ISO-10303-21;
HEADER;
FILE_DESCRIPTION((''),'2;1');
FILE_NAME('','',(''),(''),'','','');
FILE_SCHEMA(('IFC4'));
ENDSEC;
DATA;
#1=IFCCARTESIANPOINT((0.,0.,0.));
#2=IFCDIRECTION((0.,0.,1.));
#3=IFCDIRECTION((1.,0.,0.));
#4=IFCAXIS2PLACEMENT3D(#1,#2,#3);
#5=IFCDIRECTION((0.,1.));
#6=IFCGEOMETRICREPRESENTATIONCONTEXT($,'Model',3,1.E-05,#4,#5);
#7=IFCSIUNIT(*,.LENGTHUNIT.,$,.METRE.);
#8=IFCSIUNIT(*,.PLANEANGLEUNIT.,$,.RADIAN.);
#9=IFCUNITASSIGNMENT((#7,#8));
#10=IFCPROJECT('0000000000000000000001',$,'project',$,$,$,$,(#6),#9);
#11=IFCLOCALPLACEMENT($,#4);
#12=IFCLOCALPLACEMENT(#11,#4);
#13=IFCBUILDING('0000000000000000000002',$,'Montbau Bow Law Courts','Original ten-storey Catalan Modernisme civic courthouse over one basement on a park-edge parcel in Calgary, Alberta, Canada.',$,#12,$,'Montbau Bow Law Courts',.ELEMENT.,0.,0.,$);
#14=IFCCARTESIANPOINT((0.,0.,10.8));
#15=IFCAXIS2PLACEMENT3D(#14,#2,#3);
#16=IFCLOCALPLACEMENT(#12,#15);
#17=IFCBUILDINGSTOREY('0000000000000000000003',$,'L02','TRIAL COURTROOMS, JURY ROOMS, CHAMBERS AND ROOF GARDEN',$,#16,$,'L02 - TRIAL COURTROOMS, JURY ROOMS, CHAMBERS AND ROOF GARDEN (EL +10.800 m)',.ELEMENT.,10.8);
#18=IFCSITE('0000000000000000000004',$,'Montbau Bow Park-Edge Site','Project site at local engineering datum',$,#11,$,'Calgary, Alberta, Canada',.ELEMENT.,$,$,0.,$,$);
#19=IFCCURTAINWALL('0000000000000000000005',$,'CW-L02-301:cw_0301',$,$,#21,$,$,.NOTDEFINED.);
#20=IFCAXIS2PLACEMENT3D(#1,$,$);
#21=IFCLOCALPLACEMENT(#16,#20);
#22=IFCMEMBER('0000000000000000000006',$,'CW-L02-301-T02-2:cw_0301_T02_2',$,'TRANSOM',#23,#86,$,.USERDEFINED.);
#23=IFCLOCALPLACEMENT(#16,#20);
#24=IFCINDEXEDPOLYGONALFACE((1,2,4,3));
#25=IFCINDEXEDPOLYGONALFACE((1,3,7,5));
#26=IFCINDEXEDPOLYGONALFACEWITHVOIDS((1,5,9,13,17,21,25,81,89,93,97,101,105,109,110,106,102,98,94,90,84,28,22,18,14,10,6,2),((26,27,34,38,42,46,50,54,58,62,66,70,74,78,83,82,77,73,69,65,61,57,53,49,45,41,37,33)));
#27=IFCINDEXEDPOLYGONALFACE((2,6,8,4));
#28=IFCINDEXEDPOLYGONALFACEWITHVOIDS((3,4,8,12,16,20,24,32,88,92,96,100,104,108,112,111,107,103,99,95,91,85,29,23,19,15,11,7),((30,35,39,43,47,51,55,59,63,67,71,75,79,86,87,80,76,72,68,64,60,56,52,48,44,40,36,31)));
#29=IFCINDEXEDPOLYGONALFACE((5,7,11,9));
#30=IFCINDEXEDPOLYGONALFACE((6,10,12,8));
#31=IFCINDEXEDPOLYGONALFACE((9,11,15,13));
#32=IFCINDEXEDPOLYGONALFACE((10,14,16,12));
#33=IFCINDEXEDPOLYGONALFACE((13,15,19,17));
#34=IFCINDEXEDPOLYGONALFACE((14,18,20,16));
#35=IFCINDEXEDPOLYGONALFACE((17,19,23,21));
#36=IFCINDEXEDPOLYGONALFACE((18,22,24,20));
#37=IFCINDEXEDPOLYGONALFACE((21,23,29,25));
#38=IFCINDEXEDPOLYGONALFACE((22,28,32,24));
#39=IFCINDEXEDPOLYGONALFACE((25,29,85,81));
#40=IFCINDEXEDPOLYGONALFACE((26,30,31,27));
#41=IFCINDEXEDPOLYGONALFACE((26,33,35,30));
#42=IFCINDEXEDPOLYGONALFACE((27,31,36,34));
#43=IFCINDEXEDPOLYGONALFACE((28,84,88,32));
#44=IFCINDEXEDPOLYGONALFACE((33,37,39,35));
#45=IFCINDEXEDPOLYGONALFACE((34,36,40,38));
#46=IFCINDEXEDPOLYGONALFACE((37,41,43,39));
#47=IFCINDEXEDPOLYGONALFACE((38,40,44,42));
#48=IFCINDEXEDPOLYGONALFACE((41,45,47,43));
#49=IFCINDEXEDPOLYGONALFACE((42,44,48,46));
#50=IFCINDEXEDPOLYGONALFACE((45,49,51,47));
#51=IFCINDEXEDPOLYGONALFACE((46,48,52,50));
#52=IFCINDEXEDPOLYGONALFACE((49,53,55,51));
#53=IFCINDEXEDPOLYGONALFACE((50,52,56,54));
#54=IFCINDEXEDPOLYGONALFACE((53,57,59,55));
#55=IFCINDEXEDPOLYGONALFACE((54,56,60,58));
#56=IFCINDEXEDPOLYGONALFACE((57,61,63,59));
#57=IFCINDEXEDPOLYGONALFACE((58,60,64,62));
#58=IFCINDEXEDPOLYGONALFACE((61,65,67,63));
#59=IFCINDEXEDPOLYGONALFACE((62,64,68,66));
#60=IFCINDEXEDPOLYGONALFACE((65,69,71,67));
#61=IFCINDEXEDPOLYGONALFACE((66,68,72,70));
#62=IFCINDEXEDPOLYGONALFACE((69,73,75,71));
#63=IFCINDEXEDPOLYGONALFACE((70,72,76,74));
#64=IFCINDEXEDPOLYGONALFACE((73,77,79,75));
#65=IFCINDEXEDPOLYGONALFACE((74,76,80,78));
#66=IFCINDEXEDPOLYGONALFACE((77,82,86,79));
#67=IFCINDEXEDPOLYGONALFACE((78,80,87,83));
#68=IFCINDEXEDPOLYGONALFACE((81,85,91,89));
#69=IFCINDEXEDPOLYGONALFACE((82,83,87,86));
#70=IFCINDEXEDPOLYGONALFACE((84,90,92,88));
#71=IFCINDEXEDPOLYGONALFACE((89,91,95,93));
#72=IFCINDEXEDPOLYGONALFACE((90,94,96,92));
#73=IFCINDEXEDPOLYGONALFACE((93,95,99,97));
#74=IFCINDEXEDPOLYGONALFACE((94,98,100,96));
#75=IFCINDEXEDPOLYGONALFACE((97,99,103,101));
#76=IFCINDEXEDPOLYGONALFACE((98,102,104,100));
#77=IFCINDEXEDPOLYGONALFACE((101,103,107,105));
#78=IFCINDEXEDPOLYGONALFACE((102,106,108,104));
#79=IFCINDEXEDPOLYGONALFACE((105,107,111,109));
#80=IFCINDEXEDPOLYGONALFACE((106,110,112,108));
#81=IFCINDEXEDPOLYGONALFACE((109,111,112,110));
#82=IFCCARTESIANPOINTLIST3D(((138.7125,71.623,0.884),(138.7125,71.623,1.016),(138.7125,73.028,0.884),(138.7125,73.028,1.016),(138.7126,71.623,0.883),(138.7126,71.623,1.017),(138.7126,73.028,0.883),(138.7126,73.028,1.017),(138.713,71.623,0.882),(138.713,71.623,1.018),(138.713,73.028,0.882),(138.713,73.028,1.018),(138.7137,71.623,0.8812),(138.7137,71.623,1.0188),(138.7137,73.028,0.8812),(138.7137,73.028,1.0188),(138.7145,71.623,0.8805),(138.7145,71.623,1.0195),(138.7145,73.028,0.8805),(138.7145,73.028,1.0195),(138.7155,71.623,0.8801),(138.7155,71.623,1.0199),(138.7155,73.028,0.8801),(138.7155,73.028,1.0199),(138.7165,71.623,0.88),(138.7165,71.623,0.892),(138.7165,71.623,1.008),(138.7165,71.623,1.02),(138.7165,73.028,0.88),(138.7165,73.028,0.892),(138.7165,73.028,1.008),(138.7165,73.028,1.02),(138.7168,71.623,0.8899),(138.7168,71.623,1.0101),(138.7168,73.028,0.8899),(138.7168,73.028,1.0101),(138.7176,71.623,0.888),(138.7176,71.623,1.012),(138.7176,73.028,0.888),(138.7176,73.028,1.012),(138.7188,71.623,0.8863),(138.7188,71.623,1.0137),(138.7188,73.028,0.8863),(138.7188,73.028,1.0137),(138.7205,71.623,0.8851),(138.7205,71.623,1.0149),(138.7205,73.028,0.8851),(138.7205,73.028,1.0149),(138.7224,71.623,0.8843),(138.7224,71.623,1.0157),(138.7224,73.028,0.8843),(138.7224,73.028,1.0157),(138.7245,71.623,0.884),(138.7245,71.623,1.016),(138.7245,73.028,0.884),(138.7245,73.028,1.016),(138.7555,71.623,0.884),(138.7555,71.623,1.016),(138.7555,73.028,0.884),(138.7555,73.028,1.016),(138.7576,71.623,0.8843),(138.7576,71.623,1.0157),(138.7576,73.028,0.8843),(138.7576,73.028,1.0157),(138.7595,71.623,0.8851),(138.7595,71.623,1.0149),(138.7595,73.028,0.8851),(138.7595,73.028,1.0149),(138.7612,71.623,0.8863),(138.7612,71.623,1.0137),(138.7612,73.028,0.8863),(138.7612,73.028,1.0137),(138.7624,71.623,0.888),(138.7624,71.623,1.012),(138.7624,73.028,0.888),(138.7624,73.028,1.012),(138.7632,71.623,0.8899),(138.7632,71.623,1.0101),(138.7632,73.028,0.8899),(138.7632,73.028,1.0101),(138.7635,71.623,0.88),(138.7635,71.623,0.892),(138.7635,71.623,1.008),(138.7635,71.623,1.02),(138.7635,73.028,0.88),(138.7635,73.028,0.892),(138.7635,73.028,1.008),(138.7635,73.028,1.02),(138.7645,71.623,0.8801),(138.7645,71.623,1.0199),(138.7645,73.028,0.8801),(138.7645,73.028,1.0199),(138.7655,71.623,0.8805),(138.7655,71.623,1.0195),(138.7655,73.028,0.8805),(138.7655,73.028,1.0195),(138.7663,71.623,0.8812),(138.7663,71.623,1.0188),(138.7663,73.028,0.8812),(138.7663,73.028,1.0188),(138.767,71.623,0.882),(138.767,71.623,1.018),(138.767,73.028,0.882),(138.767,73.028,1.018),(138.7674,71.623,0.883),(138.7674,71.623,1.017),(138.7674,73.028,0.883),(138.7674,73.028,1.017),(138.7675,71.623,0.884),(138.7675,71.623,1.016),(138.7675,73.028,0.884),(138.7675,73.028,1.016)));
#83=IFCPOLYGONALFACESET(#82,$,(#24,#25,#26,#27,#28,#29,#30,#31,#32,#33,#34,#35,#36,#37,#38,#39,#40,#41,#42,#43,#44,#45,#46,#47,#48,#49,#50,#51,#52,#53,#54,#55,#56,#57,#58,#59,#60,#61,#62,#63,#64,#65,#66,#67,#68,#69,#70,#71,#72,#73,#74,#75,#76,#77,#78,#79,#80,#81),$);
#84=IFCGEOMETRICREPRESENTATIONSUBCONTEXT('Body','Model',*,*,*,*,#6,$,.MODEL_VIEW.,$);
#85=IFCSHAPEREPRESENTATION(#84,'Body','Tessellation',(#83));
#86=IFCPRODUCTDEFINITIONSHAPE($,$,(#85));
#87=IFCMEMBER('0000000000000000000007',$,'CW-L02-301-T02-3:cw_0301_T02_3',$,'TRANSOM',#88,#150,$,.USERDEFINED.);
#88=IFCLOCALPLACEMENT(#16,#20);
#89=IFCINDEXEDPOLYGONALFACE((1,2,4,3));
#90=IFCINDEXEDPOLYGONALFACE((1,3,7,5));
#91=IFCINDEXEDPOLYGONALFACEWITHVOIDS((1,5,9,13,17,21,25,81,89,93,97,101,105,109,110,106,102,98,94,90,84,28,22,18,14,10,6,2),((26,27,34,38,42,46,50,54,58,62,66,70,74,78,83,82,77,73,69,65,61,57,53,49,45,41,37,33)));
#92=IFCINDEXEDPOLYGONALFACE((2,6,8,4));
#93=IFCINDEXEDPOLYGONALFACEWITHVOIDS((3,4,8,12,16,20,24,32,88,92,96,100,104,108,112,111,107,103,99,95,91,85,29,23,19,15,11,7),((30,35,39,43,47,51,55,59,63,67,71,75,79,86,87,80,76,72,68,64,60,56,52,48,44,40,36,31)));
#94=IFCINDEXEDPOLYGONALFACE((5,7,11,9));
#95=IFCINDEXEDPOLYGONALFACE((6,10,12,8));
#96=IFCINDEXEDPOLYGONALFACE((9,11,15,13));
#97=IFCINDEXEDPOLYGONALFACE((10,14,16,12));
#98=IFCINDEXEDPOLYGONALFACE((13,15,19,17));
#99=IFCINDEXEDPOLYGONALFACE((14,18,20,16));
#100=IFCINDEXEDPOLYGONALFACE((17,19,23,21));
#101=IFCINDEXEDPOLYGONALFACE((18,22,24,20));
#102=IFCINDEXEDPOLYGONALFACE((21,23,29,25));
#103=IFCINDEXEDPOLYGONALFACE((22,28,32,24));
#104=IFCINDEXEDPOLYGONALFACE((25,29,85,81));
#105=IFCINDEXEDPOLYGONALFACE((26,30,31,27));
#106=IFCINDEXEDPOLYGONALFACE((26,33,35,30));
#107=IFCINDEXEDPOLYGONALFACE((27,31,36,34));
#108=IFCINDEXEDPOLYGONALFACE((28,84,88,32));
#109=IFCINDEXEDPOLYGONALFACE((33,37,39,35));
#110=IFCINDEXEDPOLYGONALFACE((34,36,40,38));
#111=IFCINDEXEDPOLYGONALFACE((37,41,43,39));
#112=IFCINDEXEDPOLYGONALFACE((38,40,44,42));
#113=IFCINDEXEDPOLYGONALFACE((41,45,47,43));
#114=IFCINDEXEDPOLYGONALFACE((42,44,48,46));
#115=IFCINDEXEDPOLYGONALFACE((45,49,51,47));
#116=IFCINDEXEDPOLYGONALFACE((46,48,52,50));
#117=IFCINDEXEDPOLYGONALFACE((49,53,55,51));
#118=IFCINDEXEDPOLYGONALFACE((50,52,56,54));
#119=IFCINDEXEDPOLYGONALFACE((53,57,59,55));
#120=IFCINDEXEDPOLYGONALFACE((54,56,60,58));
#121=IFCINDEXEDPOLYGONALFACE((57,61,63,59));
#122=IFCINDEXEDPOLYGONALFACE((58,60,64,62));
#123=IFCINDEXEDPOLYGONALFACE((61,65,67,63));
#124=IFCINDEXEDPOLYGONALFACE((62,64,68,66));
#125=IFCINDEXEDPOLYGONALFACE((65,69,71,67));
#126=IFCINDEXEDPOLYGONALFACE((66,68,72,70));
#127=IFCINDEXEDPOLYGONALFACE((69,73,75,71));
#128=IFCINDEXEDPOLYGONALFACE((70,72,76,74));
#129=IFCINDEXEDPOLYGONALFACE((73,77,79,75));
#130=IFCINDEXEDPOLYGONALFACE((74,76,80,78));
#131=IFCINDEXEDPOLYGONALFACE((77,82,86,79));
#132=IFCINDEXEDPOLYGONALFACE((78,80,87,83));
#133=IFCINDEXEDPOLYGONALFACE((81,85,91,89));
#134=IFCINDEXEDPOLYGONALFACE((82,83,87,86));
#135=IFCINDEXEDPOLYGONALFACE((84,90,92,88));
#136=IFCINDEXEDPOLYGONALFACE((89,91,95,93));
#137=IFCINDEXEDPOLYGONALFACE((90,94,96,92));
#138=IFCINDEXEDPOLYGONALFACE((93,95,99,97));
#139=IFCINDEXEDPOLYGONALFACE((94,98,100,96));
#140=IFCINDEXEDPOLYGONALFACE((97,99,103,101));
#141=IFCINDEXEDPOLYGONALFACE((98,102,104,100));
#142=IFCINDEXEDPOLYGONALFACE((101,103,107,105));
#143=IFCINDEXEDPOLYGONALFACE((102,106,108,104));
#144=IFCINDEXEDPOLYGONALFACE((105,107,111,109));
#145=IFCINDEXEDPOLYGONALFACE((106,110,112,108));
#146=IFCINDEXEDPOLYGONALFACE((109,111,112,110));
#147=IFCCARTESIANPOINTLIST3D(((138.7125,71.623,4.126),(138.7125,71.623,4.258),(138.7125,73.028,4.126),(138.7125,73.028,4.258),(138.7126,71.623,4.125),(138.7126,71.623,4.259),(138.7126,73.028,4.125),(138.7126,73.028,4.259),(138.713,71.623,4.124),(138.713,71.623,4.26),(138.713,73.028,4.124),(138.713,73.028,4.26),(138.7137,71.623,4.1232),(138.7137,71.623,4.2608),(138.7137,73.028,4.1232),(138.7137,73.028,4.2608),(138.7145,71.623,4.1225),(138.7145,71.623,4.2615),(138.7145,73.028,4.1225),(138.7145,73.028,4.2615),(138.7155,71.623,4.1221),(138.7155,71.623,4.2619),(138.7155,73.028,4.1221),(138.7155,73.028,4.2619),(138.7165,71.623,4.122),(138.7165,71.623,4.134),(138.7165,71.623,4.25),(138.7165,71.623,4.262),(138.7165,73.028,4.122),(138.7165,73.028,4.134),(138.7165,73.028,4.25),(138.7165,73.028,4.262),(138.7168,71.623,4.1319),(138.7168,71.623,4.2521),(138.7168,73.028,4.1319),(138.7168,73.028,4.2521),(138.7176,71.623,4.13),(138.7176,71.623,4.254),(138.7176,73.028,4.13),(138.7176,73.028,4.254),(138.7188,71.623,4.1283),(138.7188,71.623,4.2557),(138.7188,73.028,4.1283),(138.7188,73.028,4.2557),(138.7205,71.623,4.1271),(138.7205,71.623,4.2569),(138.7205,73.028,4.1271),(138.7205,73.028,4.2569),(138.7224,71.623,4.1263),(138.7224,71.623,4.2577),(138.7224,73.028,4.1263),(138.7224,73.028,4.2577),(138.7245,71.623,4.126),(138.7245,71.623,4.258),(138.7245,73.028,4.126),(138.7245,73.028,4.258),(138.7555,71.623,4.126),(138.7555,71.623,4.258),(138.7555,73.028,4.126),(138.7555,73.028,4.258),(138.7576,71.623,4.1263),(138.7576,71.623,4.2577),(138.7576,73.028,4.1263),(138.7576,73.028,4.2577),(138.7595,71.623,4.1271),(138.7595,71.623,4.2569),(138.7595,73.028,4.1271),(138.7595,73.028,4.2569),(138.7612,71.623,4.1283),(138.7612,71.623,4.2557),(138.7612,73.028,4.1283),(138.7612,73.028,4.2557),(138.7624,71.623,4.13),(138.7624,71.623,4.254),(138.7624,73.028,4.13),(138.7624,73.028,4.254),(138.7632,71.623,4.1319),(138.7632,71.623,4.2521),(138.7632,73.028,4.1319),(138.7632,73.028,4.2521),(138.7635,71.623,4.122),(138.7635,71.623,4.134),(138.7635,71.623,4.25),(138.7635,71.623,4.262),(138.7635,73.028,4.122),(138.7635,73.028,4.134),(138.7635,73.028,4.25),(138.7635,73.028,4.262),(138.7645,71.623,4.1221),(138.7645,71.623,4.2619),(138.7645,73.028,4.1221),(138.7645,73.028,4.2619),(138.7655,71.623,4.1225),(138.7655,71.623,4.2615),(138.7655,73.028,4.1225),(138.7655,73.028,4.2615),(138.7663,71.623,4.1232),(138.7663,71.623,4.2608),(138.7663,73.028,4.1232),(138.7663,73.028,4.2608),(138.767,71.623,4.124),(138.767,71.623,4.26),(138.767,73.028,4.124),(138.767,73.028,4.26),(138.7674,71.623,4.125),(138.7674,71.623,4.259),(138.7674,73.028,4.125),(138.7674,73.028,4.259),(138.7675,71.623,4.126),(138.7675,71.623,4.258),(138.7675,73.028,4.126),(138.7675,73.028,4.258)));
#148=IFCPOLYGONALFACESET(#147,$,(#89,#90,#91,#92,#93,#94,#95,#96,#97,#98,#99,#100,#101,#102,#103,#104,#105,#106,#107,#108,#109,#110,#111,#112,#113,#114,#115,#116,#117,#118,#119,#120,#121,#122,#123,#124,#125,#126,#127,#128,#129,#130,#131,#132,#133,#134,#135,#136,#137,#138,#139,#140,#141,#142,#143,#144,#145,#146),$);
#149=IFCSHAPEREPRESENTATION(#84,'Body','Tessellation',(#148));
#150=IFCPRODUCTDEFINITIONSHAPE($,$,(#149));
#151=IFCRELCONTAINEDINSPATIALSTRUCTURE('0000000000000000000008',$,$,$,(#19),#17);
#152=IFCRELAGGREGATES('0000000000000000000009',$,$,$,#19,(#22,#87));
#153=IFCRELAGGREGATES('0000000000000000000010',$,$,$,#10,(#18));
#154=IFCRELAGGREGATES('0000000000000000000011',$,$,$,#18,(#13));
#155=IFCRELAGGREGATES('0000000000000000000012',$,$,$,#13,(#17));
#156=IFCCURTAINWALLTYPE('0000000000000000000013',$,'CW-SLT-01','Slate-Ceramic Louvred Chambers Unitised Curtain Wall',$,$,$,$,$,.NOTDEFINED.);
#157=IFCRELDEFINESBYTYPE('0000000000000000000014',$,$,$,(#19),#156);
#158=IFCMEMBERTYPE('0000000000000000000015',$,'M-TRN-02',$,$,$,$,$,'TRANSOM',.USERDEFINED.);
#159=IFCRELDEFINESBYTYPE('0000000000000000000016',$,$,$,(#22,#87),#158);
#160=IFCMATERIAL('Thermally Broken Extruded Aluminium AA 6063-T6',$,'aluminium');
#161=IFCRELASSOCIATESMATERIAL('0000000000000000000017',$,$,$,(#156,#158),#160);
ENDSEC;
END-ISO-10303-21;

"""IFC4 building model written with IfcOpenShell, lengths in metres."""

from ifc_helpers import new_model, si_unit, direction, frame, origin_with_axes, origin_2d_with_axis, place, context, subcontext, project, spatial, hollow_rectangle, extrude, material, material_profile, profile_set, type_object, element, aggregate, save


model = new_model("IFC4")

# Units and contexts
model_context = context("Model", 3, precision=1e-05, world=origin_with_axes(), true_north=direction((0.0, 1.0)))
body_context = subcontext(model_context, "Body", "Model", "MODEL_VIEW")
ifc_project = project(units=[si_unit("LENGTHUNIT", "METRE"), si_unit("PLANEANGLEUNIT", "RADIAN")], contexts=[model_context])

# Site, building, storey
site_placement = place(None, origin_with_axes())
site = spatial("IfcSite", under=ifc_project, at=site_placement, Name="Montbau Bow Park-Edge Site", Description="Project site at local engineering datum", LongName="Calgary, Alberta, Canada", CompositionType="ELEMENT", RefElevation=0.0)
building_placement = place(site_placement, origin_with_axes())
building = spatial("IfcBuilding", under=site, at=building_placement, Name="Montbau Bow Law Courts", Description="Original ten-storey Catalan Modernisme civic courthouse over one basement on a park-edge parcel in Calgary, Alberta, Canada.", LongName="Montbau Bow Law Courts", CompositionType="ELEMENT", ElevationOfRefHeight=0.0, ElevationOfTerrain=0.0)
storey_placement = place(building_placement, frame((0.0, 0.0, 10.8), z_axis=(0.0, 0.0, 1.0), x_axis=(1.0, 0.0, 0.0)))
storey = spatial("IfcBuildingStorey", under=building, at=storey_placement, Name="L02", Description="TRIAL COURTROOMS, JURY ROOMS, CHAMBERS AND ROOF GARDEN", LongName="L02 - TRIAL COURTROOMS, JURY ROOMS, CHAMBERS AND ROOF GARDEN (EL +10.800 m)", CompositionType="ELEMENT", Elevation=10.8)

# Curtain wall, members
ifc_material_1 = material(Name="Thermally Broken Extruded Aluminium AA 6063-T6", Category="aluminium")
curtain_wall_type = type_object("IfcCurtainWallType", Name="CW-SLT-01", Description="Slate-Ceramic Louvred Chambers Unitised Curtain Wall", PredefinedType="NOTDEFINED", material=ifc_material_1)
curtain_wall_placement = place(None, frame((138.74, 70.115, 10.8), z_axis=(0.0, 0.0, 1.0), x_axis=(1.0, 0.0, 0.0)))
curtain_wall = element("IfcCurtainWall", 1, at=curtain_wall_placement, inside=storey, type_object=curtain_wall_type, Name="CW-L02-301:cw_0301", PredefinedType="NOTDEFINED")
ifc_material_profile_1 = material_profile(ifc_material_1, hollow_rectangle(XDim=0.055, YDim=0.14, WallThickness=0.004, InnerFilletRadius=0.008, OuterFilletRadius=0.004, at=origin_2d_with_axis()), Name="CWT-140X55", Category="Main", Priority=0)
ifc_profile_set_1 = profile_set([ifc_material_profile_1], Name="Thermally Broken Extruded Aluminium AA 6063-T6")
member_type_1 = type_object("IfcMemberType", Name="M-TRN-02", ElementType="TRANSOM", PredefinedType="USERDEFINED", material=ifc_profile_set_1)
member_1_placement = place(None, frame((138.74, 71.623, 11.75), z_axis=(0.0, 1.0, 0.0), x_axis=(-1.0, 0.0, 0.0)))
member_1 = element("IfcMember", 2, at=member_1_placement, type_object=member_type_1, Name="CW-L02-301-T02-2:cw_0301_T02_2", ObjectType="TRANSOM", PredefinedType="USERDEFINED", context=body_context, shape_type="SweptSolid", body=[
    extrude(hollow_rectangle(XDim=0.055, YDim=0.14, WallThickness=0.004, InnerFilletRadius=0.008, OuterFilletRadius=0.004, at=origin_2d_with_axis()), origin_with_axes(), (0.0, 0.0, 1.0), 1.405),
])
member_2_placement = place(None, frame((138.74, 71.623, 14.992), z_axis=(0.0, 1.0, 0.0), x_axis=(-1.0, 0.0, 0.0)))
member_2 = element("IfcMember", 3, at=member_2_placement, type_object=member_type_1, Name="CW-L02-301-T02-3:cw_0301_T02_3", ObjectType="TRANSOM", PredefinedType="USERDEFINED", context=body_context, shape_type="SweptSolid", body=[
    extrude(hollow_rectangle(XDim=0.055, YDim=0.14, WallThickness=0.004, InnerFilletRadius=0.008, OuterFilletRadius=0.004, at=origin_2d_with_axis()), origin_with_axes(), (0.0, 0.0, 1.0), 1.405),
])
aggregate(curtain_wall, [member_1, member_2])

save(model, "model.ifc")
